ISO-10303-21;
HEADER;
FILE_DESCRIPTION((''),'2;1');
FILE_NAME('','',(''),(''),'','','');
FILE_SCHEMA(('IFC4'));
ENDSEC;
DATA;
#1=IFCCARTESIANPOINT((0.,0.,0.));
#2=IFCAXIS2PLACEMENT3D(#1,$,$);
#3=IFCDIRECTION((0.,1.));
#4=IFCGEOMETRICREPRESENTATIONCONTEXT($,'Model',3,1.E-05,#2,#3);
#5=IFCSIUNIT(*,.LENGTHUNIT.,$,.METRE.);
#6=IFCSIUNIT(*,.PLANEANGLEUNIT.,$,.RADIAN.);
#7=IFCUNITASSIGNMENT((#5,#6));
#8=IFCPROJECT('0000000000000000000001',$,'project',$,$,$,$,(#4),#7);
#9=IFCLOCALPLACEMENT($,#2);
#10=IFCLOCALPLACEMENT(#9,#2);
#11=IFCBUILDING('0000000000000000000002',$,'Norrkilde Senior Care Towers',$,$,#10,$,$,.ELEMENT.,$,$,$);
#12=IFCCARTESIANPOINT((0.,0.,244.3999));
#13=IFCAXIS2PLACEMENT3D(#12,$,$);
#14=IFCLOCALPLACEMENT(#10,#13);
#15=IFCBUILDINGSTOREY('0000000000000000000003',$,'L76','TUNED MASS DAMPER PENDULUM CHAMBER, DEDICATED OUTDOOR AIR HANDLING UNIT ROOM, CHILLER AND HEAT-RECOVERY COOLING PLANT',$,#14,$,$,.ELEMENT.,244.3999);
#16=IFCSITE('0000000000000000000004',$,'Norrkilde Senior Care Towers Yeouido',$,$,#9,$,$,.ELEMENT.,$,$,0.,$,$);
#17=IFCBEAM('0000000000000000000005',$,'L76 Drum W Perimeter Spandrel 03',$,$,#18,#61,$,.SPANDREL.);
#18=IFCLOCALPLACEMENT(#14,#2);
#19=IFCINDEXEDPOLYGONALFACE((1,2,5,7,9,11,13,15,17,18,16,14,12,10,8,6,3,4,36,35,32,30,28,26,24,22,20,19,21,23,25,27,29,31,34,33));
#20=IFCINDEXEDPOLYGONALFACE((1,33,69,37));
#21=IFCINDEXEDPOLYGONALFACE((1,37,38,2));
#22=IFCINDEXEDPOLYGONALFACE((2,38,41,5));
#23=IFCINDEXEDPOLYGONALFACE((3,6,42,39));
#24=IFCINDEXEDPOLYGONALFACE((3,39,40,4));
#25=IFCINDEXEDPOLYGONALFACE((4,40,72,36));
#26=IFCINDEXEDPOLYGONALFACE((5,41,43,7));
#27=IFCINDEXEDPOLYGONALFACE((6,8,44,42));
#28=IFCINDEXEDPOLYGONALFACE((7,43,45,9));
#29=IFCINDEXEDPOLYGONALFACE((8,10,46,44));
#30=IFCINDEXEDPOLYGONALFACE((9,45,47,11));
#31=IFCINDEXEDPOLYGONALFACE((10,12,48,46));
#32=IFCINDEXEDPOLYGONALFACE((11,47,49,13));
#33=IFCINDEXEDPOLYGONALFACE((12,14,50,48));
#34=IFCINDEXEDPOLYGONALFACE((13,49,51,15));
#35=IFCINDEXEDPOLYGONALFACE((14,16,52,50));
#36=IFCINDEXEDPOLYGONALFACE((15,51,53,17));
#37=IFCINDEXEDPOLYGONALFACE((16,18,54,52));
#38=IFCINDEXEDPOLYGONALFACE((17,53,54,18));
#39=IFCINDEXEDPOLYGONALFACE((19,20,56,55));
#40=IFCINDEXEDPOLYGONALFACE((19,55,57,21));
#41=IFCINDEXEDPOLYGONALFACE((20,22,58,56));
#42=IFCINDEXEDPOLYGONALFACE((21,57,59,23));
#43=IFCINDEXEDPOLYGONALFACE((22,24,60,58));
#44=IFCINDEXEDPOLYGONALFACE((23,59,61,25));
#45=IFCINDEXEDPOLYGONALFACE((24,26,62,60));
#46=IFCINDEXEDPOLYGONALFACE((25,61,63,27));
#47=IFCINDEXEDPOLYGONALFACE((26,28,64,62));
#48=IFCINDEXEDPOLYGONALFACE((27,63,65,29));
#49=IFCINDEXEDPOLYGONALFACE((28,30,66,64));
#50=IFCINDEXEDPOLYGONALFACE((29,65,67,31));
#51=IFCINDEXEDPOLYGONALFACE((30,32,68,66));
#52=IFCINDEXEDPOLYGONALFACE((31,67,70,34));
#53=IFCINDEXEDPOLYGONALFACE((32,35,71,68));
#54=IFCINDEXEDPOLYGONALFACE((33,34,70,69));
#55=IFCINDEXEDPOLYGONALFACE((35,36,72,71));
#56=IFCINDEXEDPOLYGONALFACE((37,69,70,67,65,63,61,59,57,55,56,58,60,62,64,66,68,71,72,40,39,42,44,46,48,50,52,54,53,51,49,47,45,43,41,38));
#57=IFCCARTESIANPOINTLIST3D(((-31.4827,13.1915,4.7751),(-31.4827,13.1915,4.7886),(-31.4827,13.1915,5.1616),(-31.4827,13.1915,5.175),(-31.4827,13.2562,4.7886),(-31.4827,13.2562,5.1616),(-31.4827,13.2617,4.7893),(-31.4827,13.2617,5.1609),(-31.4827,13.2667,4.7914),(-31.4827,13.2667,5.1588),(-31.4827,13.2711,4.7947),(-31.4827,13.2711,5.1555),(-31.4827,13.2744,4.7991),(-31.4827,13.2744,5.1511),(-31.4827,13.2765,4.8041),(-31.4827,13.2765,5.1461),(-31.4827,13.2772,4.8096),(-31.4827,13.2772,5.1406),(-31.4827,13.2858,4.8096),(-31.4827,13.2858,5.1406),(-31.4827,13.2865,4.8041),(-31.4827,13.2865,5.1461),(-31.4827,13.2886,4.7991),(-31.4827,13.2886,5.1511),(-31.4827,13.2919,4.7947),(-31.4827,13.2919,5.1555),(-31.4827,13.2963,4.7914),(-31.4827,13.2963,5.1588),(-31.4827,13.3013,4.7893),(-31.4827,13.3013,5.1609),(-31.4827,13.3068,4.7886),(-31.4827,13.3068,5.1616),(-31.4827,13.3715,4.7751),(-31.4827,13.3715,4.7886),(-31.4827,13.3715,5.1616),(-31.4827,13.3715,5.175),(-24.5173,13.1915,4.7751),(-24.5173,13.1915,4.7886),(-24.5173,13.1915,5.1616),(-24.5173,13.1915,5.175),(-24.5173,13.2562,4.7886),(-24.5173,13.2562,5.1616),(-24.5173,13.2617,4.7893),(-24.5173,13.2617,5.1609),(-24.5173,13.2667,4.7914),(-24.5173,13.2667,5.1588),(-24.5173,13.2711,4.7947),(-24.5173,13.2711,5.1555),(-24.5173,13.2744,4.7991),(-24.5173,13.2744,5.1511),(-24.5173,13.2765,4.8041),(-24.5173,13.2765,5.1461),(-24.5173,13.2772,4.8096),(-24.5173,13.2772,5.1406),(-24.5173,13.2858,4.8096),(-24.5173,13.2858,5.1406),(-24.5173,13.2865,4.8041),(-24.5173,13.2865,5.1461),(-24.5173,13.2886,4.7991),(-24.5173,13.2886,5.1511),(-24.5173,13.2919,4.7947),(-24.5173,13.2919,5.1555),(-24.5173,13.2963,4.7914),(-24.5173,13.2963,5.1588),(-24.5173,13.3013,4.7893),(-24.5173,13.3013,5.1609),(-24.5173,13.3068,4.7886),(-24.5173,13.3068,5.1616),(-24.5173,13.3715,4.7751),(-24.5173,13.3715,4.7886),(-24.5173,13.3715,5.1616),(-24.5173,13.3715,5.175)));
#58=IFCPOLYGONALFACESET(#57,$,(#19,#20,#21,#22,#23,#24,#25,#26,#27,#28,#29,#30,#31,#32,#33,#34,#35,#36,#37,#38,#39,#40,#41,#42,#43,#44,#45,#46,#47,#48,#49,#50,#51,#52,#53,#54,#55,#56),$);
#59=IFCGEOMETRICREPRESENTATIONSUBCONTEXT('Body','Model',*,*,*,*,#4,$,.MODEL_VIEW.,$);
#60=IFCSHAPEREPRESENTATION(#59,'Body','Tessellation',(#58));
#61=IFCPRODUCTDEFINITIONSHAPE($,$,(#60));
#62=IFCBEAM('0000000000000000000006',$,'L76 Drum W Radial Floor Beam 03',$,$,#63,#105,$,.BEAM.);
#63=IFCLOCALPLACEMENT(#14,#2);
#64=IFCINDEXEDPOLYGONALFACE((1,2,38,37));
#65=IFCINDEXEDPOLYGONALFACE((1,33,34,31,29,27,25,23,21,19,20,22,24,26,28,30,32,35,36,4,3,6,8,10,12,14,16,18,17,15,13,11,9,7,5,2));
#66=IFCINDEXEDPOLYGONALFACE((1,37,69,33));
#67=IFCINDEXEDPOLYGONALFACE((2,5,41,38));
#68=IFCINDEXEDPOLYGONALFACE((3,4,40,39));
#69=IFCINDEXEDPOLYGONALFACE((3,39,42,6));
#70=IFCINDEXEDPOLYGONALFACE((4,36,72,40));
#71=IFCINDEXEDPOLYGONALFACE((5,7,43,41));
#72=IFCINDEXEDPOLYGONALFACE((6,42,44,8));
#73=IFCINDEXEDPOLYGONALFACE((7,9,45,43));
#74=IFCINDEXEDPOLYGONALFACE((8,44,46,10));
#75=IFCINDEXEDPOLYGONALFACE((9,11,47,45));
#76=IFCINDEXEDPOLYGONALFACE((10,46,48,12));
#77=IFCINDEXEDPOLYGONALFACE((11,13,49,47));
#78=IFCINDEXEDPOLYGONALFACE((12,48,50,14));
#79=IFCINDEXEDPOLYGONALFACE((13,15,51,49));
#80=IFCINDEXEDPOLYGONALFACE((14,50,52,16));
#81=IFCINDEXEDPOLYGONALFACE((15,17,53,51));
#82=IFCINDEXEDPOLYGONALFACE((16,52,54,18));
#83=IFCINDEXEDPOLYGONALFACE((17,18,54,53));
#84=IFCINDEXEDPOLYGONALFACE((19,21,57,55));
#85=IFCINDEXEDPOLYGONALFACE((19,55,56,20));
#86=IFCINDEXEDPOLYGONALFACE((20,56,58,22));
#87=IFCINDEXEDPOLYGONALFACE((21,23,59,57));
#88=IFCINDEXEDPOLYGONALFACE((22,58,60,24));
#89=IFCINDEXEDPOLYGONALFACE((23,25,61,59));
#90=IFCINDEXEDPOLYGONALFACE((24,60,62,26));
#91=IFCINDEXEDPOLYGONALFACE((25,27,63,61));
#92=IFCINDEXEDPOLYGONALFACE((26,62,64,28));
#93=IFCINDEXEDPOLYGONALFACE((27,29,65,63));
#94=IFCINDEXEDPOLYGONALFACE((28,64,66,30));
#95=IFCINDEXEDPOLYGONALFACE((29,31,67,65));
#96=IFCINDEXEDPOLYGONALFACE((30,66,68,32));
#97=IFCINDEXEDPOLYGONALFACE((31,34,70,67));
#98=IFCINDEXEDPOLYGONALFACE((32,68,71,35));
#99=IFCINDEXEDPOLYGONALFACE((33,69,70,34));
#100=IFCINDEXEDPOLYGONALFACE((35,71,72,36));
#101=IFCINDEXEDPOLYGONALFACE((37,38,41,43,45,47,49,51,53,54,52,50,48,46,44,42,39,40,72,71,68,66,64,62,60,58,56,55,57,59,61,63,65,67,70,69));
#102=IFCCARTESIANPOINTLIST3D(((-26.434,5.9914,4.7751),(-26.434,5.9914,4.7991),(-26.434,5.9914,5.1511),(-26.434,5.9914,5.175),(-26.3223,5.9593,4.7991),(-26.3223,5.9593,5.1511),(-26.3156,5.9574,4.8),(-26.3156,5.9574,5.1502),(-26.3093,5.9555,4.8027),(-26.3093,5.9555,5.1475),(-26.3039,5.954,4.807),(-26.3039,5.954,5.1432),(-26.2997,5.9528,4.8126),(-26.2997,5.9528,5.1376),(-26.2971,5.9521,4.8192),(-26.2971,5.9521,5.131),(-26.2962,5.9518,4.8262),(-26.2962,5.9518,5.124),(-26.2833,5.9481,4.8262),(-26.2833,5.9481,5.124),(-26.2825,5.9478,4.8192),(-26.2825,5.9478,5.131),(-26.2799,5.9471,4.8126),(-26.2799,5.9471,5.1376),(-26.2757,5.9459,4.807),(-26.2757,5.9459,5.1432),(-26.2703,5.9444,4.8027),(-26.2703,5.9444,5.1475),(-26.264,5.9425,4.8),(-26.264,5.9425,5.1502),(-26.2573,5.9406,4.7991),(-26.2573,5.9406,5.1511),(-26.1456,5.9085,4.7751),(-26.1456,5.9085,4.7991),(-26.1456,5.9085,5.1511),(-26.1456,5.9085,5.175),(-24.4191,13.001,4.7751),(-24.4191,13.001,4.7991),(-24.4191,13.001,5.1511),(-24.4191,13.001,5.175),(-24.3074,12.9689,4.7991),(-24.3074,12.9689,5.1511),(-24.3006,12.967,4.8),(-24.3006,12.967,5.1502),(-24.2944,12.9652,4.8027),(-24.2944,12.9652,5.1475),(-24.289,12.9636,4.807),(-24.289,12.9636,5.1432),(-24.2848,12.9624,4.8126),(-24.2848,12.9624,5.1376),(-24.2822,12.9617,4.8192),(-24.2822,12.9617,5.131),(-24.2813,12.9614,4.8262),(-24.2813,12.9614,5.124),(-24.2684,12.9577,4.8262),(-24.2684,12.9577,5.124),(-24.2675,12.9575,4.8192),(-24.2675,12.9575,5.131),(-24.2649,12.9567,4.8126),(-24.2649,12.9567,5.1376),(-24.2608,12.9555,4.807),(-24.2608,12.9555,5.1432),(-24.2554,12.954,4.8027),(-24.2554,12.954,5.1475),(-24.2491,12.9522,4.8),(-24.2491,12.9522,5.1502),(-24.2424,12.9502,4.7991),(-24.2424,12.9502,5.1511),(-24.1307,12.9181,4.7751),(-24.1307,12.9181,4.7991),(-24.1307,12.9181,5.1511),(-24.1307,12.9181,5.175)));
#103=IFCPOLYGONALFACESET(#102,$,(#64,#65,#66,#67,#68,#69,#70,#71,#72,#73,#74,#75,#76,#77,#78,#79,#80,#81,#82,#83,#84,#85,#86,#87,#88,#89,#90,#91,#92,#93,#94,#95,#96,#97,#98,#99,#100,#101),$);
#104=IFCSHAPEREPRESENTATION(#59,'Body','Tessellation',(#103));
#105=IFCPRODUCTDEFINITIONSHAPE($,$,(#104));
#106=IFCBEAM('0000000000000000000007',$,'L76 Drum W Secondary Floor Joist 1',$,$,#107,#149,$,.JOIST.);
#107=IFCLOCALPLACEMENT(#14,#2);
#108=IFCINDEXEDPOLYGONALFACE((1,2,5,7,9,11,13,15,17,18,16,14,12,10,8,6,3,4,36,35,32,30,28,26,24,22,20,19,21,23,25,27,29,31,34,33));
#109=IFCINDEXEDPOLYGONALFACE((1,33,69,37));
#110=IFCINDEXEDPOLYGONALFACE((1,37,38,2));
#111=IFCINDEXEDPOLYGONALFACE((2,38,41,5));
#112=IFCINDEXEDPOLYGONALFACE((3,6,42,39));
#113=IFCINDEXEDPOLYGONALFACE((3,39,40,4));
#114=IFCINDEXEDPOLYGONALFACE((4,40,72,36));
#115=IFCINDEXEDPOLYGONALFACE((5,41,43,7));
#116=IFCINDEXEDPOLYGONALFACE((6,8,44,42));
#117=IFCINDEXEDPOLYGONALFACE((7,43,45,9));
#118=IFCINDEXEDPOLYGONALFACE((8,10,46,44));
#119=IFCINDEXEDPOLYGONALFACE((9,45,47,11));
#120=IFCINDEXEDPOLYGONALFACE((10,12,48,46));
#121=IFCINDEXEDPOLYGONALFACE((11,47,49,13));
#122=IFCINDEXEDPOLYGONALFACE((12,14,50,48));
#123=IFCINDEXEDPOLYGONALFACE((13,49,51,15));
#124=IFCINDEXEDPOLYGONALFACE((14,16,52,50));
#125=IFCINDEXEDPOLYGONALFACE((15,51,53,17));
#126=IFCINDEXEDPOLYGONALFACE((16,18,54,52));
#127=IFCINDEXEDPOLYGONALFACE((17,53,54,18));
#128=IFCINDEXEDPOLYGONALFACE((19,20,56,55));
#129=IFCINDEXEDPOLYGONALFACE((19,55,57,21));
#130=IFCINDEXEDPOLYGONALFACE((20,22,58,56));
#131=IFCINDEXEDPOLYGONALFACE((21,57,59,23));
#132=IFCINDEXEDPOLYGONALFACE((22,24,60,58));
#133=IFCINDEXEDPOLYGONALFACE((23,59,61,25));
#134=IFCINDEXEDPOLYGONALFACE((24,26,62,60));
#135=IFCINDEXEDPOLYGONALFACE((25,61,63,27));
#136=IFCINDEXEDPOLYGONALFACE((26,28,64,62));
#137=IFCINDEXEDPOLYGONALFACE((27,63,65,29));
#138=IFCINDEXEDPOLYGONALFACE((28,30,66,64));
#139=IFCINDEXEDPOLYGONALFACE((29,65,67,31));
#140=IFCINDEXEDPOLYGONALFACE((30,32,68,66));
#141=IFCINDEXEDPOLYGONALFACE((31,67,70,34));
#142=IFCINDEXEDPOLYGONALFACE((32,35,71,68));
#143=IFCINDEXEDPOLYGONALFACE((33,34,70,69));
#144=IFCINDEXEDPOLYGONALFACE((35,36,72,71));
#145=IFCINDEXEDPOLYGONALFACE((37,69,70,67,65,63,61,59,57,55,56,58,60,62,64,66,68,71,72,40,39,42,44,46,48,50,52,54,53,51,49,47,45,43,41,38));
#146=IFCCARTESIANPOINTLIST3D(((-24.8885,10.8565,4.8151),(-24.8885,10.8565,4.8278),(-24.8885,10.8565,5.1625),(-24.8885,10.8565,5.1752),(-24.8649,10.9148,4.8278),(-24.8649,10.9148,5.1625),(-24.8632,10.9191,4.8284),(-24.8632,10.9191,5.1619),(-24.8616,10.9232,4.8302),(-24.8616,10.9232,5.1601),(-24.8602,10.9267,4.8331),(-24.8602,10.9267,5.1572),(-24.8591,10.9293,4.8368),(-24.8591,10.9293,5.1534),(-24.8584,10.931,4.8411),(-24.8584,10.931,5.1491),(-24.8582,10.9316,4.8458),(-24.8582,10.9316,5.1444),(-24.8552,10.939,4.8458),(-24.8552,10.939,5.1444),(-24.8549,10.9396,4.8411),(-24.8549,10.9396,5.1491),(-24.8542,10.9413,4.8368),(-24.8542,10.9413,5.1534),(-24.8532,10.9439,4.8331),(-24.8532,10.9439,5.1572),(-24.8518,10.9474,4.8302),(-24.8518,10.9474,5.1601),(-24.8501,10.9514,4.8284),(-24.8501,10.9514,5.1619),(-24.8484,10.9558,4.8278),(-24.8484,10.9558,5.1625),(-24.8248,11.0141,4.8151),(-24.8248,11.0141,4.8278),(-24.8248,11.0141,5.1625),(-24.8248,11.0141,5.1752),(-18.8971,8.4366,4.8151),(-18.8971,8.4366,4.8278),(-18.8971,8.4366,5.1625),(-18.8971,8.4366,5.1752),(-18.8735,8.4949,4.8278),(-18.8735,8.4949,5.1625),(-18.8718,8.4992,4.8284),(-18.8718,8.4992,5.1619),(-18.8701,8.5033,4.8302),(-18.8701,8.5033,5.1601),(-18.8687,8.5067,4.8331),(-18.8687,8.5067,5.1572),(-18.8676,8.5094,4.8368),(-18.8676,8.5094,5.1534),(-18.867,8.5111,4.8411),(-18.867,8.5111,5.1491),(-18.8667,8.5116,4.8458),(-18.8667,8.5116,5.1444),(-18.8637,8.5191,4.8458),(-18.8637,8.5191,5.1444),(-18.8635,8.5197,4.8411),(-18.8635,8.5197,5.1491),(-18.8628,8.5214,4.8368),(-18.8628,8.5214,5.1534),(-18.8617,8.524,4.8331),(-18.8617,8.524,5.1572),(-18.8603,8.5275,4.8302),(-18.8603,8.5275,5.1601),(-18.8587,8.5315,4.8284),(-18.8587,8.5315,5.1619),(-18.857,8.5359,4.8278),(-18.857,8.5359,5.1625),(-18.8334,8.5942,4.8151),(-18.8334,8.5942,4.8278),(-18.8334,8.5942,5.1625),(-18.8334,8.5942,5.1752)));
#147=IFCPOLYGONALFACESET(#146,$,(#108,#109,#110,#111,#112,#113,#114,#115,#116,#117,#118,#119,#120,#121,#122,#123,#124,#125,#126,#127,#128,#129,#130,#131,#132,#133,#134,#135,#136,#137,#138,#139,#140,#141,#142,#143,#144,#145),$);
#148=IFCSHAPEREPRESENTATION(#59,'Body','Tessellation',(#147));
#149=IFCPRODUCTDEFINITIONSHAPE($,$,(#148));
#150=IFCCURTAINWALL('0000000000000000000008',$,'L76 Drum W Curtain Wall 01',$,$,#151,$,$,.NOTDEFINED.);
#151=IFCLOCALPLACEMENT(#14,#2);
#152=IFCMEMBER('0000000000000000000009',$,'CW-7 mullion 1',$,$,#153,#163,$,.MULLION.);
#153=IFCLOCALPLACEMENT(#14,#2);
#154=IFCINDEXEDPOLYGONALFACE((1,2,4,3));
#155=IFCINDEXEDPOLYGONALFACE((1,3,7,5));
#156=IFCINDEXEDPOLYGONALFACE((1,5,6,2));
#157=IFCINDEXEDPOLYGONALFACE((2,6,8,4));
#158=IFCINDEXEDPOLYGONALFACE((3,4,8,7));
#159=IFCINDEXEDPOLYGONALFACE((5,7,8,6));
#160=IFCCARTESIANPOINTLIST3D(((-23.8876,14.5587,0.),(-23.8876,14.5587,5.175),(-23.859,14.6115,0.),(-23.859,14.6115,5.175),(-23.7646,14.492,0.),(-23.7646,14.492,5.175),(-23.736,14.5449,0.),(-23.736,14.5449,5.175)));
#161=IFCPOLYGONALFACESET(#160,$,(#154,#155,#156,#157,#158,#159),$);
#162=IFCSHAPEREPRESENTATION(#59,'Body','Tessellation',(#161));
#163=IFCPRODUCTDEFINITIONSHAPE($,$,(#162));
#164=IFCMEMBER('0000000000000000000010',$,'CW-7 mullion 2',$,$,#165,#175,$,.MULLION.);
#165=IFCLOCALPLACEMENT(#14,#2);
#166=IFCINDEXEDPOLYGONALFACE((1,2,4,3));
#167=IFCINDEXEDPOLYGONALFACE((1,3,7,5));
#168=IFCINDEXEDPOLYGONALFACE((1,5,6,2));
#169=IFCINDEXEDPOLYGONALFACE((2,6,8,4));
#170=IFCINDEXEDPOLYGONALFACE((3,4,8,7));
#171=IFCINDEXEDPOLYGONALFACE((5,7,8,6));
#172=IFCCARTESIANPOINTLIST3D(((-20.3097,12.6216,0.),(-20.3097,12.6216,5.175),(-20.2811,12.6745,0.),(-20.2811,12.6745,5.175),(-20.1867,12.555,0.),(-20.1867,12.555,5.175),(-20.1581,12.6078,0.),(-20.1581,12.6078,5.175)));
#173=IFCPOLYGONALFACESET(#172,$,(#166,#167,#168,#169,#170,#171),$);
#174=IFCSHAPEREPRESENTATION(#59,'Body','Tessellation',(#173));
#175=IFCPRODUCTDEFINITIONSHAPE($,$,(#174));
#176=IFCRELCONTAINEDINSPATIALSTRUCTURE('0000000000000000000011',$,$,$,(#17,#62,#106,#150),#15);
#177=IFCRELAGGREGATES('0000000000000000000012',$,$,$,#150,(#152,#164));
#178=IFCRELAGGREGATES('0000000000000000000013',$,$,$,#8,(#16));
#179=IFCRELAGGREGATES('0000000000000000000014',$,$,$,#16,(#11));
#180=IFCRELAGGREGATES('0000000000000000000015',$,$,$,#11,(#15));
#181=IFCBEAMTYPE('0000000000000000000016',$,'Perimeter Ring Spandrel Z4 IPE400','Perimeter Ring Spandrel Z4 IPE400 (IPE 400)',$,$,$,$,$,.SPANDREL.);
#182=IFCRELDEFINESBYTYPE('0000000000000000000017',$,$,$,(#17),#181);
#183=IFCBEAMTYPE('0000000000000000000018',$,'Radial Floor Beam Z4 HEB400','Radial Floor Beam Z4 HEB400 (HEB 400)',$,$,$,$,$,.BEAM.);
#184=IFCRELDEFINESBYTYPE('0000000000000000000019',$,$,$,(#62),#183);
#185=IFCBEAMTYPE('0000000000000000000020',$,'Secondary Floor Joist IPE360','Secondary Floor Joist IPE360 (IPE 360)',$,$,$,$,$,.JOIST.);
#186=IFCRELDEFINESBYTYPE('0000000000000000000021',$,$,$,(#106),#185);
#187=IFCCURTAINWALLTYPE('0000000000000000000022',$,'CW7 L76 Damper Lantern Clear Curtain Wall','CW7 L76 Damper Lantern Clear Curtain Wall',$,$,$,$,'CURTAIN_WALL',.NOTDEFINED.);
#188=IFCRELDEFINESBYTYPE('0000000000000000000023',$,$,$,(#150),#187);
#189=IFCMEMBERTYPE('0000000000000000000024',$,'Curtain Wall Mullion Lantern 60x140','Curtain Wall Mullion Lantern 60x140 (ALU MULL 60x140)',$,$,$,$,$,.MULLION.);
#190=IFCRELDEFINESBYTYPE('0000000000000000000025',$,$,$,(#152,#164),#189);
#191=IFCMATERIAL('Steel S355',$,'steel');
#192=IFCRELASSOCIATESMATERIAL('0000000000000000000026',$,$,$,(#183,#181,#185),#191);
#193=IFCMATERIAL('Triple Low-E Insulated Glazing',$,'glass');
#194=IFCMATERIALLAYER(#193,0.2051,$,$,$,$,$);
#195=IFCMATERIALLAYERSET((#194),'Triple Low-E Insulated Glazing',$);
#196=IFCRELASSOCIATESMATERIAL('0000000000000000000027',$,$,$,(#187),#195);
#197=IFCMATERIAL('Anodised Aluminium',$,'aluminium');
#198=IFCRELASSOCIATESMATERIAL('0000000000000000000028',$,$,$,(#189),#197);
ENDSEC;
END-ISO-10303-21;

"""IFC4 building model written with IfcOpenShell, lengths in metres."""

from ifc_helpers import new_model, si_unit, direction, frame, origin, origin_2d, place, context, subcontext, project, spatial, rectangle, i_section, extrude, source, transform, mapped, material, layer, layer_set, material_profile, profile_set, type_object, type_shapes, element, aggregate, save


model = new_model("IFC4")

# Units and contexts
model_context = context("Model", 3, precision=1e-05, world=origin(), true_north=direction((0.0, 1.0)))
body_context = subcontext(model_context, "Body", "Model", "MODEL_VIEW")
ifc_project = project(units=[si_unit("LENGTHUNIT", "METRE"), si_unit("PLANEANGLEUNIT", "RADIAN")], contexts=[model_context])

# Site, building, storey
site_placement = place(None, origin())
site = spatial("IfcSite", under=ifc_project, at=site_placement, Name="Norrkilde Senior Care Towers Yeouido", CompositionType="ELEMENT", RefElevation=0.0)
building_placement = place(site_placement, origin())
building = spatial("IfcBuilding", under=site, at=building_placement, Name="Norrkilde Senior Care Towers", CompositionType="ELEMENT")
storey_placement = place(building_placement, frame((0.0, 0.0, 244.3999)))
storey = spatial("IfcBuildingStorey", under=building, at=storey_placement, Name="L76", Description="TUNED MASS DAMPER PENDULUM CHAMBER, DEDICATED OUTDOOR AIR HANDLING UNIT ROOM, CHILLER AND HEAT-RECOVERY COOLING PLANT", CompositionType="ELEMENT", Elevation=244.3999)

# Beams
ifc_material_1 = material(Name="Steel S355", Category="steel")
ifc_material_profile_1 = material_profile(ifc_material_1, i_section(OverallWidth=0.3, OverallDepth=0.3999, WebThickness=0.0134, FlangeThickness=0.0239, FilletRadius=0.0271, at=origin_2d()), Name="HEB 400")
ifc_profile_set_1 = profile_set([ifc_material_profile_1], Name="Steel S355")
beam_type_1 = type_object("IfcBeamType", Name="Radial Floor Beam Z4 HEB400", Description="Radial Floor Beam Z4 HEB400 (HEB 400)", PredefinedType="BEAM", material=ifc_profile_set_1)
ifc_material_profile_2 = material_profile(ifc_material_1, i_section(OverallWidth=0.1799, OverallDepth=0.3999, WebThickness=0.0085, FlangeThickness=0.0134, FilletRadius=0.021, at=origin_2d()), Name="IPE 400")
ifc_profile_set_2 = profile_set([ifc_material_profile_2], Name="Steel S355")
beam_type_2 = type_object("IfcBeamType", Name="Perimeter Ring Spandrel Z4 IPE400", Description="Perimeter Ring Spandrel Z4 IPE400 (IPE 400)", PredefinedType="SPANDREL", material=ifc_profile_set_2)
shared_shape_1 = source(origin(), body_context, "Body", "SweptSolid", [
    extrude(i_section(OverallWidth=0.1799, OverallDepth=0.3999, WebThickness=0.0085, FlangeThickness=0.0134, FilletRadius=0.021, at=origin_2d()), origin(), (0.0, 0.0, 1.0), 6.9653),
])
type_shapes(beam_type_2, [shared_shape_1])
beam_1_placement = place(storey_placement, frame((-24.5173, 13.2815, 4.9751), z_axis=(-1.0, 0.0, 0.0), x_axis=(0.0, -1.0, 0.0)))
element("IfcBeam", 1, at=beam_1_placement, inside=storey, type_object=beam_type_2, Name="L76 Drum W Perimeter Spandrel 03", PredefinedType="SPANDREL", context=body_context, shape_type="MappedRepresentation", body=[
    mapped(shared_shape_1, transform((0.0, 0.0, 0.0), x_axis=(1.0, 0.0, 0.0), y_axis=(0.0, 1.0, 0.0), z_axis=(0.0, 0.0, 1.0), scale=1.0)),
])
shared_shape_2 = source(origin(), body_context, "Body", "SweptSolid", [
    extrude(i_section(OverallWidth=0.3, OverallDepth=0.3999, WebThickness=0.0134, FlangeThickness=0.0239, FilletRadius=0.0271, at=origin_2d()), origin(), (0.0, 0.0, 1.0), 7.2935),
])
beam_2_placement = place(storey_placement, frame((-26.2898, 5.95, 4.9751), z_axis=(0.276264, 0.961082, 0.0), x_axis=(-0.961082, 0.276264, 0.0)))
element("IfcBeam", 2, at=beam_2_placement, inside=storey, type_object=beam_type_1, Name="L76 Drum W Radial Floor Beam 03", PredefinedType="BEAM", context=body_context, shape_type="MappedRepresentation", body=[
    mapped(shared_shape_2, transform((0.0, 0.0, 0.0), x_axis=(1.0, 0.0, 0.0), y_axis=(0.0, 1.0, 0.0), z_axis=(0.0, 0.0, 1.0), scale=1.0)),
])
ifc_material_profile_3 = material_profile(ifc_material_1, i_section(OverallWidth=0.1699, OverallDepth=0.3601, WebThickness=0.0081, FlangeThickness=0.0127, FilletRadius=0.0181, at=origin_2d()), Name="IPE 360")
ifc_profile_set_3 = profile_set([ifc_material_profile_3], Name="Steel S355")
beam_type_3 = type_object("IfcBeamType", Name="Secondary Floor Joist IPE360", Description="Secondary Floor Joist IPE360 (IPE 360)", PredefinedType="JOIST", material=ifc_profile_set_3)
shared_shape_3 = source(origin(), body_context, "Body", "SweptSolid", [
    extrude(i_section(OverallWidth=0.1699, OverallDepth=0.3601, WebThickness=0.0081, FlangeThickness=0.0127, FilletRadius=0.0181, at=origin_2d()), origin(), (0.0, 0.0, 1.0), 6.4617),
])
type_shapes(beam_type_3, [shared_shape_3])
beam_3_placement = place(storey_placement, frame((-18.8652, 8.5154, 4.9951), z_axis=(-0.927226, 0.374502, 0.0), x_axis=(-0.374502, -0.927226, 0.0)))
element("IfcBeam", 3, at=beam_3_placement, inside=storey, type_object=beam_type_3, Name="L76 Drum W Secondary Floor Joist 1", PredefinedType="JOIST", context=body_context, shape_type="MappedRepresentation", body=[
    mapped(shared_shape_3, transform((0.0, 0.0, 0.0), x_axis=(1.0, 0.0, 0.0), y_axis=(0.0, 1.0, 0.0), z_axis=(0.0, 0.0, 1.0), scale=1.0)),
])

# Curtain wall, members
ifc_material_2 = material(Name="Triple Low-E Insulated Glazing", Category="glass")
ifc_layer_1 = layer(ifc_material_2, 0.2051)
ifc_layer_set_1 = layer_set([ifc_layer_1], Name="Triple Low-E Insulated Glazing")
curtain_wall_type = type_object("IfcCurtainWallType", Name="CW7 L76 Damper Lantern Clear Curtain Wall", Description="CW7 L76 Damper Lantern Clear Curtain Wall", ElementType="CURTAIN_WALL", PredefinedType="NOTDEFINED", material=ifc_layer_set_1)
curtain_wall_1_placement = place(storey_placement, origin())
curtain_wall_1 = element("IfcCurtainWall", 4, at=curtain_wall_1_placement, inside=storey, type_object=curtain_wall_type, Name="L76 Drum W Curtain Wall 01", PredefinedType="NOTDEFINED")
ifc_material_3 = material(Name="Anodised Aluminium", Category="aluminium")
ifc_material_profile_4 = material_profile(ifc_material_3, rectangle(XDim=0.0601, YDim=0.1399, at=origin_2d()), Name="ALU MULL 60x140")
ifc_profile_set_4 = profile_set([ifc_material_profile_4], Name="Anodised Aluminium")
member_type_1 = type_object("IfcMemberType", Name="Curtain Wall Mullion Lantern 60x140", Description="Curtain Wall Mullion Lantern 60x140 (ALU MULL 60x140)", PredefinedType="MULLION", material=ifc_profile_set_4)
shared_shape_4 = source(origin(), body_context, "Body", "SweptSolid", [
    extrude(rectangle(XDim=0.0601, YDim=0.1399, at=origin_2d()), origin(), (0.0, 0.0, 1.0), 5.175),
])
type_shapes(member_type_1, [shared_shape_4])
member_1_placement = place(storey_placement, frame((-23.8118, 14.5518, 0.0), z_axis=(0.0, 0.0, 1.0), x_axis=(0.476133, 0.879373, 0.0)))
member_1 = element("IfcMember", 5, at=member_1_placement, type_object=member_type_1, Name="CW-7 mullion 1", PredefinedType="MULLION", context=body_context, shape_type="MappedRepresentation", body=[
    mapped(shared_shape_4, transform((0.0, 0.0, 0.0), x_axis=(1.0, 0.0, 0.0), y_axis=(0.0, 1.0, 0.0), z_axis=(0.0, 0.0, 1.0), scale=1.0)),
])
member_2_placement = place(storey_placement, frame((-20.2339, 12.6147, 0.0), z_axis=(0.0, 0.0, 1.0), x_axis=(0.476133, 0.879373, 0.0)))
member_2 = element("IfcMember", 6, at=member_2_placement, type_object=member_type_1, Name="CW-7 mullion 2", PredefinedType="MULLION", context=body_context, shape_type="MappedRepresentation", body=[
    mapped(shared_shape_4, transform((0.0, 0.0, 0.0), x_axis=(1.0, 0.0, 0.0), y_axis=(0.0, 1.0, 0.0), z_axis=(0.0, 0.0, 1.0), scale=1.0)),
])

aggregate(curtain_wall_1, [member_1, member_2])

save(model, "model.ifc")
